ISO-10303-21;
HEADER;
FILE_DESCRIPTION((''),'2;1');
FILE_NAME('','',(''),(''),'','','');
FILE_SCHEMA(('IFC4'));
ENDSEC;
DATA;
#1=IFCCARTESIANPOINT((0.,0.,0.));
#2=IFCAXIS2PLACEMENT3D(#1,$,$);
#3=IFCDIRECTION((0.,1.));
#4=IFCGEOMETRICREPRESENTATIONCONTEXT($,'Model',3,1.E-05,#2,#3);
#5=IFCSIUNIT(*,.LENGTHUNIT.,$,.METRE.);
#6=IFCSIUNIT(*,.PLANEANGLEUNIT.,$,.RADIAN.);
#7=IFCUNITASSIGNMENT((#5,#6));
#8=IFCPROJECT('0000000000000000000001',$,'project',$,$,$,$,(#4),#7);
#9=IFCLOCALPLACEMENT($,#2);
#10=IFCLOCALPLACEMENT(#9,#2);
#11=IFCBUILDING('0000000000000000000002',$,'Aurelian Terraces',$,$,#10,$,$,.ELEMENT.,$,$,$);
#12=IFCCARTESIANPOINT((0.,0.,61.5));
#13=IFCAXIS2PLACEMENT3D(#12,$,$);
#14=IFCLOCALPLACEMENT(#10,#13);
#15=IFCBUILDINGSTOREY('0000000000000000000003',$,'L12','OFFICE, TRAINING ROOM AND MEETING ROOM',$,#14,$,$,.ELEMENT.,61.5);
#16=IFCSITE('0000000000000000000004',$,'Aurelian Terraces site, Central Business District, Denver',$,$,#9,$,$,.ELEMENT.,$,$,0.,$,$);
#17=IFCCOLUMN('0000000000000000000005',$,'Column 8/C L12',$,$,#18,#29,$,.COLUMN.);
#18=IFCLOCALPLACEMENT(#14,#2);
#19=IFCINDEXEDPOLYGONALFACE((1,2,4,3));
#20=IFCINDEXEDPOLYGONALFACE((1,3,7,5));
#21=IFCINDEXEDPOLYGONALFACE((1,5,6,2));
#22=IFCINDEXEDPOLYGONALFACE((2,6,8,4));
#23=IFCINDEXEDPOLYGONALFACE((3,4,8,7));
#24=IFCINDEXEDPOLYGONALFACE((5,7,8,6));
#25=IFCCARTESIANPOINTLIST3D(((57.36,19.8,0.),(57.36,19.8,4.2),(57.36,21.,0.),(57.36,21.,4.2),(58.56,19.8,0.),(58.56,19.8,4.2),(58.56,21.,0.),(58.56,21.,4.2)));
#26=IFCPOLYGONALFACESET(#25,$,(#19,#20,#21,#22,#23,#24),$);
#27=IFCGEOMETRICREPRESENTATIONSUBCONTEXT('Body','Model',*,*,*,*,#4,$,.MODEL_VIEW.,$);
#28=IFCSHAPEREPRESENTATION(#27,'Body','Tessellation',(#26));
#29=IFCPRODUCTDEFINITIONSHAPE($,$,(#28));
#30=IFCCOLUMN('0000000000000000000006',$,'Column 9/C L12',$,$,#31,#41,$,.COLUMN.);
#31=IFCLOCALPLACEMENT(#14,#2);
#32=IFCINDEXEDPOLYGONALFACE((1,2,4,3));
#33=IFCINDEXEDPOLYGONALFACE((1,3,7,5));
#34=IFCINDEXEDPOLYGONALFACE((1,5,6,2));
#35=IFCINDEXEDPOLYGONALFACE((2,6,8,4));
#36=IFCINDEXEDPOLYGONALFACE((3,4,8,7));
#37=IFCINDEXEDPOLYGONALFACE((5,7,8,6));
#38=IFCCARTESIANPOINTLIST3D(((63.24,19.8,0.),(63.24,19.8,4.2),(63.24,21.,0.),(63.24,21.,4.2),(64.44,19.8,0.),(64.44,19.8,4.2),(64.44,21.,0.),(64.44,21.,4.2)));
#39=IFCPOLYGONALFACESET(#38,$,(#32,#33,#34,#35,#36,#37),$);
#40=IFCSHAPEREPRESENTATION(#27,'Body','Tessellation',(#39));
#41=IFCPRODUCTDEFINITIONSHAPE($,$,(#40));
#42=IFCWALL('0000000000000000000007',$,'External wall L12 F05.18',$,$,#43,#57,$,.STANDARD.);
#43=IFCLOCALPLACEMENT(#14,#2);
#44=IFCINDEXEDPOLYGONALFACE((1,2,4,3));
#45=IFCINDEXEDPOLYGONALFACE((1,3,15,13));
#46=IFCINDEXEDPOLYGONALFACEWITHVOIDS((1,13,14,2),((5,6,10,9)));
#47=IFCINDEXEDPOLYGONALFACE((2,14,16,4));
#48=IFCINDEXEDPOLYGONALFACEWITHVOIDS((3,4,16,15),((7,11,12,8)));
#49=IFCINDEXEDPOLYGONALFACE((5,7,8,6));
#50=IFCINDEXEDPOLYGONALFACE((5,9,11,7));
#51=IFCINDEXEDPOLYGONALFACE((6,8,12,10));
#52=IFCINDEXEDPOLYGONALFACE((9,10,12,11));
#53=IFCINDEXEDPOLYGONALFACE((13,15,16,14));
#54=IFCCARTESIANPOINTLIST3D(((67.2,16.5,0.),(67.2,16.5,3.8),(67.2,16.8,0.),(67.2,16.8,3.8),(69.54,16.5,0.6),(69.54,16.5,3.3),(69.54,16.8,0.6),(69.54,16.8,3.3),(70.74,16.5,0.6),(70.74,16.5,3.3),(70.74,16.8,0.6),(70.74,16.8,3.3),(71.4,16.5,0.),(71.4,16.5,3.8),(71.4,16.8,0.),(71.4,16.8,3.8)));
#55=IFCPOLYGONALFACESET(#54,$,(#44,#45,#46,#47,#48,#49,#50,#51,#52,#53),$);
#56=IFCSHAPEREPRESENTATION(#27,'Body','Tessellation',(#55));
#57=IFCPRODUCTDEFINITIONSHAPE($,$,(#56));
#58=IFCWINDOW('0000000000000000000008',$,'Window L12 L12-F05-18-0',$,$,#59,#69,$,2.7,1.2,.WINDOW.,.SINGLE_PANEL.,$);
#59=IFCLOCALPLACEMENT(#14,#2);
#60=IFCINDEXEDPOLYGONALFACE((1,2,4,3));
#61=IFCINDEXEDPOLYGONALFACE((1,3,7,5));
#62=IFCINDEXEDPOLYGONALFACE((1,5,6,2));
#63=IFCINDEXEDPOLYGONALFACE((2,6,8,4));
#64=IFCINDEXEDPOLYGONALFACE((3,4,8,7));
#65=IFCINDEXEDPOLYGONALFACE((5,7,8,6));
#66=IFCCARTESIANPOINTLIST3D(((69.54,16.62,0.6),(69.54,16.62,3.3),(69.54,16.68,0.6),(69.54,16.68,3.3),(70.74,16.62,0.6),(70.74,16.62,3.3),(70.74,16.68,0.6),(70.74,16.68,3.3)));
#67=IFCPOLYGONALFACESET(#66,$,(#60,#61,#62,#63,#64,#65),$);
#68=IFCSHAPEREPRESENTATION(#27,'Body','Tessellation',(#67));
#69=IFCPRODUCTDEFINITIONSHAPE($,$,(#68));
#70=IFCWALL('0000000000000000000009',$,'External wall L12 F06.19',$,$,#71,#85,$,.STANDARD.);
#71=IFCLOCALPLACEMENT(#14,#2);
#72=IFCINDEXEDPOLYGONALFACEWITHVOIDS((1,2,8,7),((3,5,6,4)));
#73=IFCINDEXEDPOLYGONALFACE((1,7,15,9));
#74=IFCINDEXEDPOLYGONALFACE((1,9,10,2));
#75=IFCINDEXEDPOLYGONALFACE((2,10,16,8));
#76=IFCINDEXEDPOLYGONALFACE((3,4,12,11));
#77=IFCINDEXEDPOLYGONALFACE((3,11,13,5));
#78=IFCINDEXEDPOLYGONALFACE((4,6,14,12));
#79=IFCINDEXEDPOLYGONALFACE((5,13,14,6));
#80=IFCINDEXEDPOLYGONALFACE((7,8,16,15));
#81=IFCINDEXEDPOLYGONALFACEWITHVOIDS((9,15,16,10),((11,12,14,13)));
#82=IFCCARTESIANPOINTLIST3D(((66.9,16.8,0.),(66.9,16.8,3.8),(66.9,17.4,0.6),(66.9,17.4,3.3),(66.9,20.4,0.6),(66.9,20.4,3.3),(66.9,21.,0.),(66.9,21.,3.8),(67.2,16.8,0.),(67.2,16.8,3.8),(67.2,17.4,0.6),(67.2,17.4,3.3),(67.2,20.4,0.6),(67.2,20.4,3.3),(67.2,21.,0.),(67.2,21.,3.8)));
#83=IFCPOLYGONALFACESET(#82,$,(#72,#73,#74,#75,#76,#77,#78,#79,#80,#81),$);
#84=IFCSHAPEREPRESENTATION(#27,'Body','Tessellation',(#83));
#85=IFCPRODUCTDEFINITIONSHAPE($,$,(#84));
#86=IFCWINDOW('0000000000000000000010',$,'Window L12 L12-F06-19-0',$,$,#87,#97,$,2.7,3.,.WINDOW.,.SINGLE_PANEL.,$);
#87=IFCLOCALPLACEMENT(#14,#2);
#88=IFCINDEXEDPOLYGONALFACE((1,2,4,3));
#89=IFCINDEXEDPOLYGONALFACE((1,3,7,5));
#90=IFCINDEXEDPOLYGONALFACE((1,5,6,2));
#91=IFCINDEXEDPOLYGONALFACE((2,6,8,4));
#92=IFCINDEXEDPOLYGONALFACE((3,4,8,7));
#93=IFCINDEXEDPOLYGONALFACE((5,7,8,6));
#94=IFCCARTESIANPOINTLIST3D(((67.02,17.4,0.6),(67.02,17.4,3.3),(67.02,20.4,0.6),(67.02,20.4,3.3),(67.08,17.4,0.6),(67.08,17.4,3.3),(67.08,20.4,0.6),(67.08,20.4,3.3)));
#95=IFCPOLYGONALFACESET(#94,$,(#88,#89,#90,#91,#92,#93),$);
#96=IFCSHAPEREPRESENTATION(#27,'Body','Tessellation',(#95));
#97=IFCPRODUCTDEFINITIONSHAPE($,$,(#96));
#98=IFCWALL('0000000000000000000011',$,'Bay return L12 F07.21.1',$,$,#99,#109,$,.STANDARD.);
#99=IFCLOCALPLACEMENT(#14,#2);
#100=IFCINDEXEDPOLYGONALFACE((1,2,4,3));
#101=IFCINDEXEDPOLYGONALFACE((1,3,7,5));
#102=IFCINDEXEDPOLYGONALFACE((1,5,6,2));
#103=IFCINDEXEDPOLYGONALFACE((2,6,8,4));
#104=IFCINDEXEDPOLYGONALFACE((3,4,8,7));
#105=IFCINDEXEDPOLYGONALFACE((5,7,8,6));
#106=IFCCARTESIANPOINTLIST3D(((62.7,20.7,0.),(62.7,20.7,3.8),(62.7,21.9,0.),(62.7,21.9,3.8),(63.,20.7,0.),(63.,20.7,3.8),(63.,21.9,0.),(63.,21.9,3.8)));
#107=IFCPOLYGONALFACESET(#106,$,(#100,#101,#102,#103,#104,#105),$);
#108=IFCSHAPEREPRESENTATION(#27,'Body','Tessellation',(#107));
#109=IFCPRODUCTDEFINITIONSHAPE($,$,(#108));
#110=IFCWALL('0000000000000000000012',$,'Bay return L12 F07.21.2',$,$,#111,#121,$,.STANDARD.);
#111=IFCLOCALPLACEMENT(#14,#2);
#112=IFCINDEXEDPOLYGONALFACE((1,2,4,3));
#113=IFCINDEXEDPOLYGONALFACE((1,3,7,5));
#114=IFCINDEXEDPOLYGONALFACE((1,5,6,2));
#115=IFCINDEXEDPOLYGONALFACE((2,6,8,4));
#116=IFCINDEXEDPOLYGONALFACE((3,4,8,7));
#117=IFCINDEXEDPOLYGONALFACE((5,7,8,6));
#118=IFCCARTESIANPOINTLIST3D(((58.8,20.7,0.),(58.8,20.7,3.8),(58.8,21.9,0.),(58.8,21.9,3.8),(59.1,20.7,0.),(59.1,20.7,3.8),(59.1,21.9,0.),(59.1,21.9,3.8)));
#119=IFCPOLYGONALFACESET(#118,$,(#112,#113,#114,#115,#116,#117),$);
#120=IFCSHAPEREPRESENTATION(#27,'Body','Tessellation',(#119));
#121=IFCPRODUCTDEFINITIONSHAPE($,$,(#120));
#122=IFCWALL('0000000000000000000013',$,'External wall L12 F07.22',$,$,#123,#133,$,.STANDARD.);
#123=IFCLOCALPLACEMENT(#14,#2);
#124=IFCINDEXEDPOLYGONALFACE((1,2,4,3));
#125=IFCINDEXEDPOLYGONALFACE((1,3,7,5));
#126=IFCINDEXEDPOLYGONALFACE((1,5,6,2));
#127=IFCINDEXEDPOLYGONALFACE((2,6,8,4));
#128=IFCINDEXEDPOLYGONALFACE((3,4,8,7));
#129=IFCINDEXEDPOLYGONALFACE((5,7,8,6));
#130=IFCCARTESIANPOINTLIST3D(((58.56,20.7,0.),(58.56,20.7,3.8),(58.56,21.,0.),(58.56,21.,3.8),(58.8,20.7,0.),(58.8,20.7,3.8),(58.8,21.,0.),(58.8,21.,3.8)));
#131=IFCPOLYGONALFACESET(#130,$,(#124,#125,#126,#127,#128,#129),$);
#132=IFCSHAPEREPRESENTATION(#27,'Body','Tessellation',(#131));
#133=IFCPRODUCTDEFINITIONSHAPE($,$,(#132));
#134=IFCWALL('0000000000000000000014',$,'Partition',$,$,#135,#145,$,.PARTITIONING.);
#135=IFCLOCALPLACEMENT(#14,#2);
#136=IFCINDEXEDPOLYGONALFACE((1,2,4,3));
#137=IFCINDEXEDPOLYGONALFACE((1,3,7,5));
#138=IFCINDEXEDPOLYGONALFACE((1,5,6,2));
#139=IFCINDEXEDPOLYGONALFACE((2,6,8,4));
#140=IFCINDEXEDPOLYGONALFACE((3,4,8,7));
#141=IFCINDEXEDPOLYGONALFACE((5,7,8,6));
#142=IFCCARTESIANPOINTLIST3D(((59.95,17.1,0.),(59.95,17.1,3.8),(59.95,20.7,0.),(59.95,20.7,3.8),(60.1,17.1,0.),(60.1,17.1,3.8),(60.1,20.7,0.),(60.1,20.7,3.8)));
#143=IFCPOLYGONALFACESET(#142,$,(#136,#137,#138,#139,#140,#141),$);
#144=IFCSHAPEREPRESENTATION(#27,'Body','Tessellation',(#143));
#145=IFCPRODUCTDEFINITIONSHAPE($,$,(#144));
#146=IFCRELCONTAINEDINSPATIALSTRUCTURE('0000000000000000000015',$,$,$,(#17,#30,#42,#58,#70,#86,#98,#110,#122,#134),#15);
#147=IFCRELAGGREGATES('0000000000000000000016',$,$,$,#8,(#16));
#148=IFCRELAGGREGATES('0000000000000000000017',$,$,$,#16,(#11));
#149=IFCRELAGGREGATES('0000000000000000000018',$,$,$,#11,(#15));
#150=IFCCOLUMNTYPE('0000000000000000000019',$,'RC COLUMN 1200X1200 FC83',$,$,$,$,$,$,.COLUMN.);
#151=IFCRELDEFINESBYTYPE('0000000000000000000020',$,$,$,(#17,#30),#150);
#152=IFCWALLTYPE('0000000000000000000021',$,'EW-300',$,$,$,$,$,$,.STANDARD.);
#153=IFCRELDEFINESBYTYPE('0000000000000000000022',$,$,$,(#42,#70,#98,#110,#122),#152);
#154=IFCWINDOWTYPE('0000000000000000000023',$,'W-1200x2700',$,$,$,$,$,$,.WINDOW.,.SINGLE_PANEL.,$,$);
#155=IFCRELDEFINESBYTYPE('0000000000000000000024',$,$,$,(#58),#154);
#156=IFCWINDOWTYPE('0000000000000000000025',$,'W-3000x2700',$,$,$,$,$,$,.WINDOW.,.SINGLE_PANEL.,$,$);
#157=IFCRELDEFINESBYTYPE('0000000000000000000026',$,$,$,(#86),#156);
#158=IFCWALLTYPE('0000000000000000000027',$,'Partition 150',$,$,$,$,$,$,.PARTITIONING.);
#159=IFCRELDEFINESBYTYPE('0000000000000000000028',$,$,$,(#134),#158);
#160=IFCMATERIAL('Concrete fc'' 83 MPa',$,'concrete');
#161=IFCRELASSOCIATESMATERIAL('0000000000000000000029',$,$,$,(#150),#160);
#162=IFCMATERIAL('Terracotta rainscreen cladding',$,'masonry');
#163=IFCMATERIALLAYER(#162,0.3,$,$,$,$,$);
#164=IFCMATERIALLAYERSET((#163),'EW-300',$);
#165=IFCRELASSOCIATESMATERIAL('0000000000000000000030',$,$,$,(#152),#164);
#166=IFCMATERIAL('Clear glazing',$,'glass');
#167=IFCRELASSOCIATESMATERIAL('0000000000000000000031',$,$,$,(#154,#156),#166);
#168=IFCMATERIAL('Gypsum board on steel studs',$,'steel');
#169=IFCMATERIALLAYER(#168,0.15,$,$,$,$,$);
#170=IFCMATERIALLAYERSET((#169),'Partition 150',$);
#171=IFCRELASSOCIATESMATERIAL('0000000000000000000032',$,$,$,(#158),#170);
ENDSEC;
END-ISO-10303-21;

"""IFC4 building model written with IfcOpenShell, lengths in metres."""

from ifc_helpers import new_model, si_unit, direction, frame, frame_2d, origin, origin_2d, place, context, subcontext, project, spatial, rectangle, extrude, source, transform, mapped, material, layer, layer_set, material_profile, profile_set, type_object, element, fill, save


model = new_model("IFC4")

# Units and contexts
model_context = context("Model", 3, precision=1e-05, world=origin(), true_north=direction((0.0, 1.0)))
body_context = subcontext(model_context, "Body", "Model", "MODEL_VIEW")
ifc_project = project(units=[si_unit("LENGTHUNIT", "METRE"), si_unit("PLANEANGLEUNIT", "RADIAN")], contexts=[model_context])

# Site, building, storey
site_placement = place(None, origin())
site = spatial("IfcSite", under=ifc_project, at=site_placement, Name="Aurelian Terraces site, Central Business District, Denver", CompositionType="ELEMENT", RefElevation=0.0)
building_placement = place(site_placement, origin())
building = spatial("IfcBuilding", under=site, at=building_placement, Name="Aurelian Terraces", CompositionType="ELEMENT")
storey_placement = place(building_placement, frame((0.0, 0.0, 61.5)))
storey = spatial("IfcBuildingStorey", under=building, at=storey_placement, Name="L12", Description="OFFICE, TRAINING ROOM AND MEETING ROOM", CompositionType="ELEMENT", Elevation=61.5)

# Columns
ifc_material_1 = material(Name="Concrete fc' 83 MPa", Category="concrete")
ifc_material_profile = material_profile(ifc_material_1, rectangle(XDim=1.2, YDim=1.2, at=origin_2d()))
ifc_profile_set = profile_set([ifc_material_profile], Name="Concrete fc' 83 MPa")
column_type = type_object("IfcColumnType", Name="RC COLUMN 1200X1200 FC83", PredefinedType="COLUMN", material=ifc_profile_set)
shared_shape_1 = source(origin(), body_context, "Body", "SweptSolid", [
    extrude(rectangle(XDim=1.2, YDim=1.2, at=origin_2d()), origin(), (0.0, 0.0, 1.0), 4.2),
])
for number, where, z_axis, x_axis, name in (
    (1, (57.96, 20.4, 0.0), (0.0, 0.0, 1.0), (1.0, 0.0, 0.0), "Column 8/C L12"),
    (2, (63.84, 20.4, 0.0), (0.0, 0.0, 1.0), (1.0, 0.0, 0.0), "Column 9/C L12"),
):
    element("IfcColumn", number, at=place(storey_placement, frame(where, z_axis=z_axis, x_axis=x_axis)), inside=storey, type_object=column_type, Name=name, PredefinedType="COLUMN", context=body_context, shape_type="MappedRepresentation", body=[
        mapped(shared_shape_1, transform((0.0, 0.0, 0.0), scale=1.0)),
    ])

# Walls, openings, windows
ifc_material_2 = material(Name="Terracotta rainscreen cladding", Category="masonry")
ifc_layer_1 = layer(ifc_material_2, 0.3)
ifc_layer_set_1 = layer_set([ifc_layer_1], Name="EW-300")
wall_type_1 = type_object("IfcWallType", Name="EW-300", PredefinedType="STANDARD", material=ifc_layer_set_1)
shared_shape_2 = source(origin(), body_context, "Body", "SweptSolid", [
    extrude(rectangle(XDim=4.2, YDim=0.3, at=frame_2d((2.1, 0.0))), origin(), (0.0, 0.0, 1.0), 3.8),
])
wall_1_placement = place(storey_placement, frame((71.4, 16.65, 0.0), z_axis=(0.0, 0.0, 1.0), x_axis=(-1.0, 0.0, 0.0)))
wall_1 = element("IfcWall", 3, at=wall_1_placement, inside=storey, type_object=wall_type_1, Name="External wall L12 F05.18", PredefinedType="STANDARD", context=body_context, shape_type="MappedRepresentation", body=[
    mapped(shared_shape_2, transform((0.0, 0.0, 0.0), scale=1.0)),
])
shared_shape_3 = source(origin(), body_context, "Body", "SweptSolid", [
    extrude(rectangle(XDim=1.2, YDim=2.7, at=frame_2d((0.6, 1.35))), frame((0.0, 0.16, 0.0), z_axis=(0.0, -1.0, 0.0), x_axis=(1.0, 0.0, 0.0)), (0.0, 0.0, 1.0), 0.32),
])
opening_1_placement = place(wall_1_placement, frame((0.66, 0.0, 0.6)))
opening_1 = element("IfcOpeningElement", 4, at=opening_1_placement, cuts=wall_1, PredefinedType="OPENING", context=body_context, shape_type="MappedRepresentation", body=[
    mapped(shared_shape_3, transform((0.0, 0.0, 0.0), scale=1.0)),
])
ifc_material_3 = material(Name="Clear glazing", Category="glass")
window_type_1 = type_object("IfcWindowType", Name="W-1200x2700", PartitioningType="SINGLE_PANEL", PredefinedType="WINDOW", material=ifc_material_3)
shared_shape_4 = source(origin(), body_context, "Body", "SweptSolid", [
    extrude(rectangle(XDim=1.2, YDim=2.7, at=frame_2d((0.6, 1.35))), frame((0.0, 0.03, 0.0), z_axis=(0.0, -1.0, 0.0), x_axis=(1.0, 0.0, 0.0)), (0.0, 0.0, 1.0), 0.06),
])
window_1_placement = place(opening_1_placement, origin())
window_1 = element("IfcWindow", 5, at=window_1_placement, inside=storey, type_object=window_type_1, Name="Window L12 L12-F05-18-0", OverallHeight=2.7, OverallWidth=1.2, PartitioningType="SINGLE_PANEL", PredefinedType="WINDOW", context=body_context, shape_type="MappedRepresentation", body=[
    mapped(shared_shape_4, transform((0.0, 0.0, 0.0), scale=1.0)),
])
fill(opening_1, window_1)
wall_2_placement = place(storey_placement, frame((67.05, 16.8, 0.0), z_axis=(0.0, 0.0, 1.0), x_axis=(0.0, 1.0, 0.0)))
wall_2 = element("IfcWall", 6, at=wall_2_placement, inside=storey, type_object=wall_type_1, Name="External wall L12 F06.19", PredefinedType="STANDARD", context=body_context, shape_type="MappedRepresentation", body=[
    mapped(shared_shape_2, transform((0.0, 0.0, 0.0), scale=1.0)),
])
shared_shape_5 = source(origin(), body_context, "Body", "SweptSolid", [
    extrude(rectangle(XDim=3.0, YDim=2.7, at=frame_2d((1.5, 1.35))), frame((0.0, 0.16, 0.0), z_axis=(0.0, -1.0, 0.0), x_axis=(1.0, 0.0, 0.0)), (0.0, 0.0, 1.0), 0.32),
])
opening_2_placement = place(wall_2_placement, frame((0.6, 0.0, 0.6)))
opening_2 = element("IfcOpeningElement", 7, at=opening_2_placement, cuts=wall_2, PredefinedType="OPENING", context=body_context, shape_type="MappedRepresentation", body=[
    mapped(shared_shape_5, transform((0.0, 0.0, 0.0), scale=1.0)),
])
window_type_2 = type_object("IfcWindowType", Name="W-3000x2700", PartitioningType="SINGLE_PANEL", PredefinedType="WINDOW", material=ifc_material_3)
shared_shape_6 = source(origin(), body_context, "Body", "SweptSolid", [
    extrude(rectangle(XDim=3.0, YDim=2.7, at=frame_2d((1.5, 1.35))), frame((0.0, 0.03, 0.0), z_axis=(0.0, -1.0, 0.0), x_axis=(1.0, 0.0, 0.0)), (0.0, 0.0, 1.0), 0.06),
])
window_2_placement = place(opening_2_placement, origin())
window_2 = element("IfcWindow", 8, at=window_2_placement, inside=storey, type_object=window_type_2, Name="Window L12 L12-F06-19-0", OverallHeight=2.7, OverallWidth=3.0, PartitioningType="SINGLE_PANEL", PredefinedType="WINDOW", context=body_context, shape_type="MappedRepresentation", body=[
    mapped(shared_shape_6, transform((0.0, 0.0, 0.0), scale=1.0)),
])
fill(opening_2, window_2)

# Walls
shared_shape_7 = source(origin(), body_context, "Body", "SweptSolid", [
    extrude(rectangle(XDim=1.2, YDim=0.3, at=frame_2d((0.6, 0.0))), origin(), (0.0, 0.0, 1.0), 3.8),
])
for number, where, z_axis, x_axis, name in (
    (9, (62.85, 20.7, 0.0), (0.0, 0.0, 1.0), (0.0, 1.0, 0.0), "Bay return L12 F07.21.1"),
    (10, (58.95, 20.7, 0.0), (0.0, 0.0, 1.0), (0.0, 1.0, 0.0), "Bay return L12 F07.21.2"),
):
    element("IfcWall", number, at=place(storey_placement, frame(where, z_axis=z_axis, x_axis=x_axis)), inside=storey, type_object=wall_type_1, Name=name, PredefinedType="STANDARD", context=body_context, shape_type="MappedRepresentation", body=[
        mapped(shared_shape_7, transform((0.0, 0.0, 0.0), scale=1.0)),
    ])
shared_shape_8 = source(origin(), body_context, "Body", "SweptSolid", [
    extrude(rectangle(XDim=0.24, YDim=0.3, at=frame_2d((0.12, 0.0))), origin(), (0.0, 0.0, 1.0), 3.8),
])
wall_3_placement = place(storey_placement, frame((58.8, 20.85, 0.0), z_axis=(0.0, 0.0, 1.0), x_axis=(-1.0, 0.0, 0.0)))
element("IfcWall", 11, at=wall_3_placement, inside=storey, type_object=wall_type_1, Name="External wall L12 F07.22", PredefinedType="STANDARD", context=body_context, shape_type="MappedRepresentation", body=[
    mapped(shared_shape_8, transform((0.0, 0.0, 0.0), scale=1.0)),
])
ifc_material_4 = material(Name="Gypsum board on steel studs", Category="steel")
ifc_layer_2 = layer(ifc_material_4, 0.15)
ifc_layer_set_2 = layer_set([ifc_layer_2], Name="Partition 150")
wall_type_2 = type_object("IfcWallType", Name="Partition 150", PredefinedType="PARTITIONING", material=ifc_layer_set_2)
shared_shape_9 = source(origin(), body_context, "Body", "SweptSolid", [
    extrude(rectangle(XDim=3.6, YDim=0.15, at=frame_2d((1.8, 0.0))), origin(), (0.0, 0.0, 1.0), 3.8),
])
wall_4_placement = place(storey_placement, frame((60.025, 20.7, 0.0), z_axis=(0.0, 0.0, 1.0), x_axis=(0.0, -1.0, 0.0)))
element("IfcWall", 12, at=wall_4_placement, inside=storey, type_object=wall_type_2, Name="Partition", PredefinedType="PARTITIONING", context=body_context, shape_type="MappedRepresentation", body=[
    mapped(shared_shape_9, transform((0.0, 0.0, 0.0), scale=1.0)),
])

save(model, "model.ifc")
